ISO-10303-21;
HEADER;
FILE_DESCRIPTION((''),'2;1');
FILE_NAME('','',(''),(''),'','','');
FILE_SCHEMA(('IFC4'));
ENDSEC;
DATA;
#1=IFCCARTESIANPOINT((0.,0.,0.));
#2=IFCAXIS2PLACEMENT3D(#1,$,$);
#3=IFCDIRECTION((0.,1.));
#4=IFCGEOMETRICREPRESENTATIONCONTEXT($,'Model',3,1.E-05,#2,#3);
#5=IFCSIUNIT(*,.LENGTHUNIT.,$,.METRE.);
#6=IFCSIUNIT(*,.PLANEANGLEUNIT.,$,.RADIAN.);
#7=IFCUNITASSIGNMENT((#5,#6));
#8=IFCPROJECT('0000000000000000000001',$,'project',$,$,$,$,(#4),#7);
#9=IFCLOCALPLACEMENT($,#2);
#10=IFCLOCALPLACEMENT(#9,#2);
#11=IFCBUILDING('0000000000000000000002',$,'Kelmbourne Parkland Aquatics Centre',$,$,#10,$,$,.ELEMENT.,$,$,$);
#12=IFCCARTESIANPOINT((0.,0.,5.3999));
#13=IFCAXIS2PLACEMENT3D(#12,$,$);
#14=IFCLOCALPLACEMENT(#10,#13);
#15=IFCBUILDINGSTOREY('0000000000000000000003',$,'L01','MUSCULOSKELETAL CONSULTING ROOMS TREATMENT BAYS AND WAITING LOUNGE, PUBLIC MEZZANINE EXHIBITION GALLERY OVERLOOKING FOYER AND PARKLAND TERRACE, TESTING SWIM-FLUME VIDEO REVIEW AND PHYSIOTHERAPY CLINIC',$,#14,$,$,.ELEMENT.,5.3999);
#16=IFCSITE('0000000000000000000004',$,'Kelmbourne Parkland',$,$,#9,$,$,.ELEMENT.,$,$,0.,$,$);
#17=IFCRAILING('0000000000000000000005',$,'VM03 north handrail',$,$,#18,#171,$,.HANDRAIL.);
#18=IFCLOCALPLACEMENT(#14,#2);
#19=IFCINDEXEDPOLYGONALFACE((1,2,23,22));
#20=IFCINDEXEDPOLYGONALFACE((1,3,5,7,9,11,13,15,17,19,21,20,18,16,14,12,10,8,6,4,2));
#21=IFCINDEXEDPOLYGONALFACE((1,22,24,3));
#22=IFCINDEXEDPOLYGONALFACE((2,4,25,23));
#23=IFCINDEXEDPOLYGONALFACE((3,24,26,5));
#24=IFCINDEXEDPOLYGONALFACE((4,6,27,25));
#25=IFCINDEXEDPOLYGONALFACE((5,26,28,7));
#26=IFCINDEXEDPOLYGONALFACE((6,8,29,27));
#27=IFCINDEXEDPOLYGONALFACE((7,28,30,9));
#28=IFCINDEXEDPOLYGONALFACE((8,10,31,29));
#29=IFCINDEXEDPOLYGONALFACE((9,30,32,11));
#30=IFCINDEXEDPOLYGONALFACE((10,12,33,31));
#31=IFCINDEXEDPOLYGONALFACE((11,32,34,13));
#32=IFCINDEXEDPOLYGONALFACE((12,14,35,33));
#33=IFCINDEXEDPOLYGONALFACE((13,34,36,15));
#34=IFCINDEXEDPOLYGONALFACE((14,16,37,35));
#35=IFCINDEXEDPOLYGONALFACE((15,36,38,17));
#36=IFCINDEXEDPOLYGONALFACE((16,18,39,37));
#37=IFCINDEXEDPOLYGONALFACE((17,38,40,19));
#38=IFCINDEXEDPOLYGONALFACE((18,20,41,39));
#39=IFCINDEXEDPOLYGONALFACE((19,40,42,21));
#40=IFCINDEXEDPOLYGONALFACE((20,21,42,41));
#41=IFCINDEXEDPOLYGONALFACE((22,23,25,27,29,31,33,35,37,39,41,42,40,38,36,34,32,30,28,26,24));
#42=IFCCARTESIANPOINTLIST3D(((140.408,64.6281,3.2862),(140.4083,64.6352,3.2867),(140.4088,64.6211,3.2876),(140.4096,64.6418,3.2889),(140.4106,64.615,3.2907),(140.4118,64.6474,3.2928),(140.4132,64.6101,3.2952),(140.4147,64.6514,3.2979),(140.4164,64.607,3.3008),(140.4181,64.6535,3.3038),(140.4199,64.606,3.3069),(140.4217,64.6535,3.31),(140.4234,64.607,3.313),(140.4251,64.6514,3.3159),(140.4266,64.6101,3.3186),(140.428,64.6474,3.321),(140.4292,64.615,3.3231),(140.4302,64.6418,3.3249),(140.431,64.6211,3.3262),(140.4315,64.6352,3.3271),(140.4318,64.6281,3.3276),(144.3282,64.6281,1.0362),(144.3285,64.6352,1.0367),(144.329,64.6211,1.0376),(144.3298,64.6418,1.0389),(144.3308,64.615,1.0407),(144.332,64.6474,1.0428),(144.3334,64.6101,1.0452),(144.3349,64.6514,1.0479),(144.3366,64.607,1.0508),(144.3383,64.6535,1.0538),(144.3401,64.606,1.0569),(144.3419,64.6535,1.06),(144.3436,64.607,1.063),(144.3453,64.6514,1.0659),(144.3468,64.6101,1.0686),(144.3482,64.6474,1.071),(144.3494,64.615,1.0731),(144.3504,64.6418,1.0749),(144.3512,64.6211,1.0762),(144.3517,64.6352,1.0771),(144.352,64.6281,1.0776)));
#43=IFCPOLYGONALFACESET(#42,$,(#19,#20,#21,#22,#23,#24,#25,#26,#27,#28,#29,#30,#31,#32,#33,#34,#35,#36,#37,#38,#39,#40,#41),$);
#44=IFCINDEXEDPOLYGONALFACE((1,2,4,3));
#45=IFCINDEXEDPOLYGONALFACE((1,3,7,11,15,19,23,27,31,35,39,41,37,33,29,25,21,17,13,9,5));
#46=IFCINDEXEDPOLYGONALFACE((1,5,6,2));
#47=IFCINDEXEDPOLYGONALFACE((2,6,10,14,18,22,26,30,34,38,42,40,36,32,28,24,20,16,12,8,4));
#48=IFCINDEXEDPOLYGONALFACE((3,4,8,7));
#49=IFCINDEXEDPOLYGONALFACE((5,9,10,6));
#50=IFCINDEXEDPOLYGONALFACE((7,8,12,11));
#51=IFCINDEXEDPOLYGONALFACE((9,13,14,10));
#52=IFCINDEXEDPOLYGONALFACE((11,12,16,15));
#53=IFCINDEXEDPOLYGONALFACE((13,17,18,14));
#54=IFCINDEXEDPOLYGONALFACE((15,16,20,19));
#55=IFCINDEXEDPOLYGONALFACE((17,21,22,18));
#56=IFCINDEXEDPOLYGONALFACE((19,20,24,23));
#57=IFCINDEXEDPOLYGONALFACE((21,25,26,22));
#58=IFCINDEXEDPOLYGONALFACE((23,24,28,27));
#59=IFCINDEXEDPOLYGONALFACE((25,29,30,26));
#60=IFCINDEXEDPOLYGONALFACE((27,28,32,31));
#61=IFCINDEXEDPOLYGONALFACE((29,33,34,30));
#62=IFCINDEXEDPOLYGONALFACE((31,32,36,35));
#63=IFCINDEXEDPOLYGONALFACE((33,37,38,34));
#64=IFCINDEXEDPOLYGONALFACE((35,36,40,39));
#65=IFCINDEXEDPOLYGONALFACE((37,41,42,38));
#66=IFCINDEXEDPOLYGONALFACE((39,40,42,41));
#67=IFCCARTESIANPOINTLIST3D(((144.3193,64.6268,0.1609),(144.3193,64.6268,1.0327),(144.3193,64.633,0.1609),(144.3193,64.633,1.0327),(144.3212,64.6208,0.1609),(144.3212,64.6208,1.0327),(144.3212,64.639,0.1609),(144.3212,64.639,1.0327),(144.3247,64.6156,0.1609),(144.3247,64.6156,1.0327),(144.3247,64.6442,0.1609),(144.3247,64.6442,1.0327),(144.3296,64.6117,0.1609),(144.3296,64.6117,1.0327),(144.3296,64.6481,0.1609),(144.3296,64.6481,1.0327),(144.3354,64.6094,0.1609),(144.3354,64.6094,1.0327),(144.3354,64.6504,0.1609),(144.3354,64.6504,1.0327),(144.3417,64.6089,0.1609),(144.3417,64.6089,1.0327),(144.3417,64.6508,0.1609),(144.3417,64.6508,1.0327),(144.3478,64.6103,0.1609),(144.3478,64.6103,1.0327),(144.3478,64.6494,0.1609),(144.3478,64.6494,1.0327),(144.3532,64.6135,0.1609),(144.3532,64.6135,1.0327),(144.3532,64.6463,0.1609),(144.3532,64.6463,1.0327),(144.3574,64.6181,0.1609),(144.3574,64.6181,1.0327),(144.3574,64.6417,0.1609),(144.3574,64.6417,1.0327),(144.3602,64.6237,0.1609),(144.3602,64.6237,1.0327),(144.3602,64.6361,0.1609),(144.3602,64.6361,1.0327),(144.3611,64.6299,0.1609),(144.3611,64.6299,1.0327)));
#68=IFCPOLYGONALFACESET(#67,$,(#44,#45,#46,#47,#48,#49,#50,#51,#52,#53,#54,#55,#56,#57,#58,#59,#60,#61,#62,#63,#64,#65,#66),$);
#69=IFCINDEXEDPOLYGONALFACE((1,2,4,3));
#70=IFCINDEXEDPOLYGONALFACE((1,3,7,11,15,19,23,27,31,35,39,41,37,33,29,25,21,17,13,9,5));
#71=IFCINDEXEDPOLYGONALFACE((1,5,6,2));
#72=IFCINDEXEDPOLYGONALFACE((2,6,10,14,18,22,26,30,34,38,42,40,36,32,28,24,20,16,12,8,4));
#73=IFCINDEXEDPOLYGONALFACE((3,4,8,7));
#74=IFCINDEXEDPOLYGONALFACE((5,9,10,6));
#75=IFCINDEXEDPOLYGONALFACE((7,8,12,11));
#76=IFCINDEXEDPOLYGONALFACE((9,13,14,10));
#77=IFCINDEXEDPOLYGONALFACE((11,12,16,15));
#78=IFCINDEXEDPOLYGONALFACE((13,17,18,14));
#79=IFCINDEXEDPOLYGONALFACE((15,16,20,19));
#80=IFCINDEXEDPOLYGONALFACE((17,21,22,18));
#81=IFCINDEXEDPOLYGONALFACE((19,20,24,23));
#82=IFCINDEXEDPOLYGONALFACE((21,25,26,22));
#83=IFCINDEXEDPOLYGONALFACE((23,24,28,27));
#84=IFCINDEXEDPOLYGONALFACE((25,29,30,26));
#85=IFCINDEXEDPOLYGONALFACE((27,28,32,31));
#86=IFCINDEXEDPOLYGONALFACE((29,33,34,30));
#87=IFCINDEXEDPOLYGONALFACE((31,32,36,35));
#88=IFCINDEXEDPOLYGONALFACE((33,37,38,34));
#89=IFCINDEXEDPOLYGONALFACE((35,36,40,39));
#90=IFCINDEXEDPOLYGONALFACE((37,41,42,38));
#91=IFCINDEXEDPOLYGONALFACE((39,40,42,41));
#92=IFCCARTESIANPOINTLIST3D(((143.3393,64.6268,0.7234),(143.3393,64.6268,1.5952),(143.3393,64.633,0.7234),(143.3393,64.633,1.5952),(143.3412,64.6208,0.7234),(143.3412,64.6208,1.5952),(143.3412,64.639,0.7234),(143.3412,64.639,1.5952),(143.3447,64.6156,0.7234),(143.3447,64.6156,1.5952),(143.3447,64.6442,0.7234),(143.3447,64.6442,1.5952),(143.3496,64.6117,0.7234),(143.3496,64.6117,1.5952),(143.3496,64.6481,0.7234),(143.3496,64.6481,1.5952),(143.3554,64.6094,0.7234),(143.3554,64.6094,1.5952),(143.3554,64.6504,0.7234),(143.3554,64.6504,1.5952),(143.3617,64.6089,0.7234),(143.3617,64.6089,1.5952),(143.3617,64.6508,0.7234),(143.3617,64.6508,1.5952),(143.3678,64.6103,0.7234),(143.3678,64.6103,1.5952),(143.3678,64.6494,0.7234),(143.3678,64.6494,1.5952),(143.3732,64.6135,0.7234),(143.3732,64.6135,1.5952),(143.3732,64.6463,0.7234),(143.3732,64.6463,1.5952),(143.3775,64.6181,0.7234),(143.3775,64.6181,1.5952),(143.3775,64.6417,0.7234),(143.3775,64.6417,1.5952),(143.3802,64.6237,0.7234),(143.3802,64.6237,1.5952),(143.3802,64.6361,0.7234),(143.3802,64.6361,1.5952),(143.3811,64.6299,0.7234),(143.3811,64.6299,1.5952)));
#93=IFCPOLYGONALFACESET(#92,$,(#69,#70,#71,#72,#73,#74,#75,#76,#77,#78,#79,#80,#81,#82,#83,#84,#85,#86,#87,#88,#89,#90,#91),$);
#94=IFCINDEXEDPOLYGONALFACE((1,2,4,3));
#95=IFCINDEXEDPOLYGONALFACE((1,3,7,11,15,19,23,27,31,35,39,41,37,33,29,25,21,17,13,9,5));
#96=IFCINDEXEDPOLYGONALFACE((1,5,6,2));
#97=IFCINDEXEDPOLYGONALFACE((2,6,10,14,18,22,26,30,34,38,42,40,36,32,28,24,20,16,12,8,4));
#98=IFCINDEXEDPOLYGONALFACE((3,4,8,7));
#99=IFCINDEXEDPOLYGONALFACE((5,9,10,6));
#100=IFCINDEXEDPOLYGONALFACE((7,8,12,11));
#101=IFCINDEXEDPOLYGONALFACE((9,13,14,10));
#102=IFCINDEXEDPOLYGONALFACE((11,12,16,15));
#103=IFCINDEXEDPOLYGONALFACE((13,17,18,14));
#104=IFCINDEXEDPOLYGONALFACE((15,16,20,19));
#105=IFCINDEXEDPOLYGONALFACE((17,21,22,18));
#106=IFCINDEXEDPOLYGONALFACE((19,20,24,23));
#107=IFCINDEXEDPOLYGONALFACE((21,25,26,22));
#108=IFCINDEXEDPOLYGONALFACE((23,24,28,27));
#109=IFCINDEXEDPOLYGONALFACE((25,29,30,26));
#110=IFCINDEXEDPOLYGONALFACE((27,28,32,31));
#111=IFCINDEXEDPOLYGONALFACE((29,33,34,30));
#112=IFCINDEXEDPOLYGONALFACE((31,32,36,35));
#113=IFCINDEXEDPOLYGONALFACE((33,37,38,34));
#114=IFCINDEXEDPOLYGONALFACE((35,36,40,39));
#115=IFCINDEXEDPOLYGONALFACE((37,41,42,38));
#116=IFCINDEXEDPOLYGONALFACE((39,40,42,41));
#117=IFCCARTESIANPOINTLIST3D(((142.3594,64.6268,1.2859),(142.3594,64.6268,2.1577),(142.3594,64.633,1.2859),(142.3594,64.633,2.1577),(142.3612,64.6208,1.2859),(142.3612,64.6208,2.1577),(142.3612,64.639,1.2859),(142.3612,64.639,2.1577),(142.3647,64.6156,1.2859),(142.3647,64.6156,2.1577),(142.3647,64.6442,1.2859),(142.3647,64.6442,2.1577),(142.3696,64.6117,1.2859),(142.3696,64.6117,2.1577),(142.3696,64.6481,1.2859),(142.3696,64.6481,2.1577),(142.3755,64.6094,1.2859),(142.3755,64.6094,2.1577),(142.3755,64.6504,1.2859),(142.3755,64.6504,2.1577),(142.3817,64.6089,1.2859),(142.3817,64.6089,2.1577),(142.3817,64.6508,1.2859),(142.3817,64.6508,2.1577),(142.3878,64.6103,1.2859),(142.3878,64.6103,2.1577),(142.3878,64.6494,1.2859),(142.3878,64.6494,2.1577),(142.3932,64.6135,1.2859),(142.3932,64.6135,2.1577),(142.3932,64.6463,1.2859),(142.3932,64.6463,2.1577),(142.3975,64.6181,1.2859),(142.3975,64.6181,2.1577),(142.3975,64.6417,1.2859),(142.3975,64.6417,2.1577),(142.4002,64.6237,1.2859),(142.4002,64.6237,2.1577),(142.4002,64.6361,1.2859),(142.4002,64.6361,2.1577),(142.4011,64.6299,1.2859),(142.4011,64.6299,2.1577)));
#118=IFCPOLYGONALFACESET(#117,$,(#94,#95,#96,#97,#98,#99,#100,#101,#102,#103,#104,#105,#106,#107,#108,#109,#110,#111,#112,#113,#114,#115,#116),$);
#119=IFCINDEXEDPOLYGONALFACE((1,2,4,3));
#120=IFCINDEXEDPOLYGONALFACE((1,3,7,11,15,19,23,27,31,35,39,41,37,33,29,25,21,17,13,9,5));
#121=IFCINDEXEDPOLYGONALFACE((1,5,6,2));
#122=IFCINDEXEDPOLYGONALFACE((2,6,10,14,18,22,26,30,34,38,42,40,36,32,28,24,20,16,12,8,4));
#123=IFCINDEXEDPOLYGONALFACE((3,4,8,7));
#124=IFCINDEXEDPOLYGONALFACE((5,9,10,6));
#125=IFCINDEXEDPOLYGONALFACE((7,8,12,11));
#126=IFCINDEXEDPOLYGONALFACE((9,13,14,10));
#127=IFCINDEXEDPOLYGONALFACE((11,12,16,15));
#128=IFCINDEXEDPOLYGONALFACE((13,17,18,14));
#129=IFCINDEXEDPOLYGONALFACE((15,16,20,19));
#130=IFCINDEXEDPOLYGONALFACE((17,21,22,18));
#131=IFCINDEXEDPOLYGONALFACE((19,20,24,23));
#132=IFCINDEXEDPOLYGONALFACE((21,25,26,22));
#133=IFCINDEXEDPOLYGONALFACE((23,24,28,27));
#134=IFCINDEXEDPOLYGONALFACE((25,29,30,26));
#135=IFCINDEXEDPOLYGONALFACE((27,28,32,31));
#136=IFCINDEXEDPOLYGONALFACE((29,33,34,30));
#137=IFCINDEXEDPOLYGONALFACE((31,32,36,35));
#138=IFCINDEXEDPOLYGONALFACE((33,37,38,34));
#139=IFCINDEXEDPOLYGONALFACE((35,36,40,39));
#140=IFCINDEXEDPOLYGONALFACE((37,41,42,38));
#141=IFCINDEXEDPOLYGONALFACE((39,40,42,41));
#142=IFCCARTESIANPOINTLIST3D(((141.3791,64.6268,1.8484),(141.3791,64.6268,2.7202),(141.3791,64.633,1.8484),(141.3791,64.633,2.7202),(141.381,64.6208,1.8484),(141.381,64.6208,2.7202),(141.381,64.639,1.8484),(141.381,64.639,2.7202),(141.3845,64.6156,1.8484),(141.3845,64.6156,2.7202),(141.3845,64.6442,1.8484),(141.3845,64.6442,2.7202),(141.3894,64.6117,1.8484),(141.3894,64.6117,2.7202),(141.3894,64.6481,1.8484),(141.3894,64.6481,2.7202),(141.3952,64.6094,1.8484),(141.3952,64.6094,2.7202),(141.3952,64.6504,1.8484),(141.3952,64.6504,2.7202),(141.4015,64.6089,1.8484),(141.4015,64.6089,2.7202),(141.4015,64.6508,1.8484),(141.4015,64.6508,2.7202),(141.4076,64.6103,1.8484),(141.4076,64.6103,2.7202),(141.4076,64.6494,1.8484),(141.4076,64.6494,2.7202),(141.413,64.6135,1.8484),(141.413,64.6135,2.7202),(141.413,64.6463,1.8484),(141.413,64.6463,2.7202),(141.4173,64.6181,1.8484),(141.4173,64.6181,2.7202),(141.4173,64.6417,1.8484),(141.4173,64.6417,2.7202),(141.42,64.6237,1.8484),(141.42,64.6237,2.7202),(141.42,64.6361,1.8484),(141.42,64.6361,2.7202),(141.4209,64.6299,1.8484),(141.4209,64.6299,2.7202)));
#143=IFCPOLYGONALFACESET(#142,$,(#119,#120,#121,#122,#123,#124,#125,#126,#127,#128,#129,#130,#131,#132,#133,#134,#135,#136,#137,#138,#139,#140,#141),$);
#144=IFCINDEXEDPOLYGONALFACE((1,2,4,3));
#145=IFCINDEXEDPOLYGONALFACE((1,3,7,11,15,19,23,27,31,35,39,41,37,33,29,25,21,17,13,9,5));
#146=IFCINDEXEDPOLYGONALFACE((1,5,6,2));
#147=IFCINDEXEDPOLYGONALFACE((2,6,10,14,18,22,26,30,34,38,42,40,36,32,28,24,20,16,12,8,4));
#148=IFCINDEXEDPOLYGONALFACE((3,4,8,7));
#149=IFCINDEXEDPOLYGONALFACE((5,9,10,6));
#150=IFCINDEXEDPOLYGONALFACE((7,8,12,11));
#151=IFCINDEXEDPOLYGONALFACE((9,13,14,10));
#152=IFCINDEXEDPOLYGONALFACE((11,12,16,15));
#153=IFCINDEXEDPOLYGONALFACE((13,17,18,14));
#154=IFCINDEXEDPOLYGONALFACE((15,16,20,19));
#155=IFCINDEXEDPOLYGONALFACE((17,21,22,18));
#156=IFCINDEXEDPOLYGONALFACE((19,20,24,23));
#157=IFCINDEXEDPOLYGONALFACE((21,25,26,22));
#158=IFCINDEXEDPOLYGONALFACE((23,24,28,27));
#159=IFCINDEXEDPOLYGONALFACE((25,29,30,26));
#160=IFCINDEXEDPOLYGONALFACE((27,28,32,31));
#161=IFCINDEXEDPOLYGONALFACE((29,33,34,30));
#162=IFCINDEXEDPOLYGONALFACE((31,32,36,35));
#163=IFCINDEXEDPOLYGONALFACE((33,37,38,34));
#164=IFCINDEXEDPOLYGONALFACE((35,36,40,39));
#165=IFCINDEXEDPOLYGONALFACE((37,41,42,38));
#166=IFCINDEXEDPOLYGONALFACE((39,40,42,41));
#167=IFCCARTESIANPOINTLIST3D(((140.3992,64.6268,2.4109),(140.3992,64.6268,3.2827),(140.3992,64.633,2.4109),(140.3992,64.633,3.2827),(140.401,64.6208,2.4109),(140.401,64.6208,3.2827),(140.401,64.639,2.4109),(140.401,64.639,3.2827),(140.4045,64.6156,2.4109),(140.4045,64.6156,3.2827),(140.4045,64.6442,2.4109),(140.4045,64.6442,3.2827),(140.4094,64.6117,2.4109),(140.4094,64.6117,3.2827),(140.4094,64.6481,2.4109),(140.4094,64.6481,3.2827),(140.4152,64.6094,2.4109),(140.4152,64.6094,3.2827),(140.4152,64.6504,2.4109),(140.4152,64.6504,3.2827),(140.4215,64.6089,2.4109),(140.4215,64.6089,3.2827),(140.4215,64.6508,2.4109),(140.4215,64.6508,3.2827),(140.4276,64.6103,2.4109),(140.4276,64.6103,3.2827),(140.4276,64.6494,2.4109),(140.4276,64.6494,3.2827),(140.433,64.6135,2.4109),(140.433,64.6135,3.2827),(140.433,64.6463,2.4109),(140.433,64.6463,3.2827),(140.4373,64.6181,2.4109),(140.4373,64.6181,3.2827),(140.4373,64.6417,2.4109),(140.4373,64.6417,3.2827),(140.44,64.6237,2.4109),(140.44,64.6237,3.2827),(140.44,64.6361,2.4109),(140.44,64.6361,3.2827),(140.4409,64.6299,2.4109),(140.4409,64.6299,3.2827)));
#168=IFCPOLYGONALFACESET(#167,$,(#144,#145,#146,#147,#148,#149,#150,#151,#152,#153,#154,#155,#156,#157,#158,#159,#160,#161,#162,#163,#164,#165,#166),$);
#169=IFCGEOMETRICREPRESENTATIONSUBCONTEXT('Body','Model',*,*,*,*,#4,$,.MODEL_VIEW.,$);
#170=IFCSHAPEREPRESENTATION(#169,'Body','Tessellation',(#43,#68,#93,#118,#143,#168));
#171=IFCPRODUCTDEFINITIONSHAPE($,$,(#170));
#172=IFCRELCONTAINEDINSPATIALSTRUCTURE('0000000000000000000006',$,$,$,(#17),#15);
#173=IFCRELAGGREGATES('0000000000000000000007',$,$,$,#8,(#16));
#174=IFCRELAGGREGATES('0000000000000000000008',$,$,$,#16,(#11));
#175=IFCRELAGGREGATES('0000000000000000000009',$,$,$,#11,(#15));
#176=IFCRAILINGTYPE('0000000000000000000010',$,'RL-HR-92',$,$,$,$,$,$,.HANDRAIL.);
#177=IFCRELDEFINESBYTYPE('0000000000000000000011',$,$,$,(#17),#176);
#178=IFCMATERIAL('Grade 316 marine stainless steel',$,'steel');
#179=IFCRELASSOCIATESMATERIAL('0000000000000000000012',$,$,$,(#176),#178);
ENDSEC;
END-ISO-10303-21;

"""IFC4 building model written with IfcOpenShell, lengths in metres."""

from ifc_helpers import new_model, si_unit, direction, frame, origin, origin_2d, place, context, subcontext, project, spatial, circle, extrude, material, type_object, element, save


model = new_model("IFC4")

# Units and contexts
model_context = context("Model", 3, precision=1e-05, world=origin(), true_north=direction((0.0, 1.0)))
body_context = subcontext(model_context, "Body", "Model", "MODEL_VIEW")
ifc_project = project(units=[si_unit("LENGTHUNIT", "METRE"), si_unit("PLANEANGLEUNIT", "RADIAN")], contexts=[model_context])

# Site, building, storey
site_placement = place(None, origin())
site = spatial("IfcSite", under=ifc_project, at=site_placement, Name="Kelmbourne Parkland", CompositionType="ELEMENT", RefElevation=0.0)
building_placement = place(site_placement, origin())
building = spatial("IfcBuilding", under=site, at=building_placement, Name="Kelmbourne Parkland Aquatics Centre", CompositionType="ELEMENT")
storey_placement = place(building_placement, frame((0.0, 0.0, 5.3999)))
storey = spatial("IfcBuildingStorey", under=building, at=storey_placement, Name="L01", Description="MUSCULOSKELETAL CONSULTING ROOMS TREATMENT BAYS AND WAITING LOUNGE, PUBLIC MEZZANINE EXHIBITION GALLERY OVERLOOKING FOYER AND PARKLAND TERRACE, TESTING SWIM-FLUME VIDEO REVIEW AND PHYSIOTHERAPY CLINIC", CompositionType="ELEMENT", Elevation=5.3999)

# Railing
ifc_material_1 = material(Name="Grade 316 marine stainless steel", Category="steel")
railing_type_1 = type_object("IfcRailingType", Name="RL-HR-92", PredefinedType="HANDRAIL", material=ifc_material_1)
for number, where, name in (
    (1, (144.3401, 64.6299, 0.1609), "VM03 north handrail"),
):
    element("IfcRailing", number, at=place(storey_placement, frame(where)), inside=storey, type_object=railing_type_1, Name=name, PredefinedType="HANDRAIL", context=body_context, shape_type="SweptSolid", body=[
        extrude(circle(Radius=0.0239, at=origin_2d()), frame((0.0, 0.0, 0.896), z_axis=(-0.867298, 0.0, 0.49779), x_axis=(0.0, -1.0, 0.0)), (0.0, 0.0, 1.0), 4.52),
        extrude(circle(Radius=0.021, at=origin_2d()), origin(), (0.0, 0.0, 1.0), 0.8718),
        extrude(circle(Radius=0.021, at=origin_2d()), frame((-0.98, 0.0, 0.5625)), (0.0, 0.0, 1.0), 0.8718),
        extrude(circle(Radius=0.021, at=origin_2d()), frame((-1.96, 0.0, 1.125)), (0.0, 0.0, 1.0), 0.8718),
        extrude(circle(Radius=0.021, at=origin_2d()), frame((-2.9402, 0.0, 1.6875)), (0.0, 0.0, 1.0), 0.8718),
        extrude(circle(Radius=0.021, at=origin_2d()), frame((-3.9202, 0.0, 2.25)), (0.0, 0.0, 1.0), 0.8718),
    ])

save(model, "model.ifc")
